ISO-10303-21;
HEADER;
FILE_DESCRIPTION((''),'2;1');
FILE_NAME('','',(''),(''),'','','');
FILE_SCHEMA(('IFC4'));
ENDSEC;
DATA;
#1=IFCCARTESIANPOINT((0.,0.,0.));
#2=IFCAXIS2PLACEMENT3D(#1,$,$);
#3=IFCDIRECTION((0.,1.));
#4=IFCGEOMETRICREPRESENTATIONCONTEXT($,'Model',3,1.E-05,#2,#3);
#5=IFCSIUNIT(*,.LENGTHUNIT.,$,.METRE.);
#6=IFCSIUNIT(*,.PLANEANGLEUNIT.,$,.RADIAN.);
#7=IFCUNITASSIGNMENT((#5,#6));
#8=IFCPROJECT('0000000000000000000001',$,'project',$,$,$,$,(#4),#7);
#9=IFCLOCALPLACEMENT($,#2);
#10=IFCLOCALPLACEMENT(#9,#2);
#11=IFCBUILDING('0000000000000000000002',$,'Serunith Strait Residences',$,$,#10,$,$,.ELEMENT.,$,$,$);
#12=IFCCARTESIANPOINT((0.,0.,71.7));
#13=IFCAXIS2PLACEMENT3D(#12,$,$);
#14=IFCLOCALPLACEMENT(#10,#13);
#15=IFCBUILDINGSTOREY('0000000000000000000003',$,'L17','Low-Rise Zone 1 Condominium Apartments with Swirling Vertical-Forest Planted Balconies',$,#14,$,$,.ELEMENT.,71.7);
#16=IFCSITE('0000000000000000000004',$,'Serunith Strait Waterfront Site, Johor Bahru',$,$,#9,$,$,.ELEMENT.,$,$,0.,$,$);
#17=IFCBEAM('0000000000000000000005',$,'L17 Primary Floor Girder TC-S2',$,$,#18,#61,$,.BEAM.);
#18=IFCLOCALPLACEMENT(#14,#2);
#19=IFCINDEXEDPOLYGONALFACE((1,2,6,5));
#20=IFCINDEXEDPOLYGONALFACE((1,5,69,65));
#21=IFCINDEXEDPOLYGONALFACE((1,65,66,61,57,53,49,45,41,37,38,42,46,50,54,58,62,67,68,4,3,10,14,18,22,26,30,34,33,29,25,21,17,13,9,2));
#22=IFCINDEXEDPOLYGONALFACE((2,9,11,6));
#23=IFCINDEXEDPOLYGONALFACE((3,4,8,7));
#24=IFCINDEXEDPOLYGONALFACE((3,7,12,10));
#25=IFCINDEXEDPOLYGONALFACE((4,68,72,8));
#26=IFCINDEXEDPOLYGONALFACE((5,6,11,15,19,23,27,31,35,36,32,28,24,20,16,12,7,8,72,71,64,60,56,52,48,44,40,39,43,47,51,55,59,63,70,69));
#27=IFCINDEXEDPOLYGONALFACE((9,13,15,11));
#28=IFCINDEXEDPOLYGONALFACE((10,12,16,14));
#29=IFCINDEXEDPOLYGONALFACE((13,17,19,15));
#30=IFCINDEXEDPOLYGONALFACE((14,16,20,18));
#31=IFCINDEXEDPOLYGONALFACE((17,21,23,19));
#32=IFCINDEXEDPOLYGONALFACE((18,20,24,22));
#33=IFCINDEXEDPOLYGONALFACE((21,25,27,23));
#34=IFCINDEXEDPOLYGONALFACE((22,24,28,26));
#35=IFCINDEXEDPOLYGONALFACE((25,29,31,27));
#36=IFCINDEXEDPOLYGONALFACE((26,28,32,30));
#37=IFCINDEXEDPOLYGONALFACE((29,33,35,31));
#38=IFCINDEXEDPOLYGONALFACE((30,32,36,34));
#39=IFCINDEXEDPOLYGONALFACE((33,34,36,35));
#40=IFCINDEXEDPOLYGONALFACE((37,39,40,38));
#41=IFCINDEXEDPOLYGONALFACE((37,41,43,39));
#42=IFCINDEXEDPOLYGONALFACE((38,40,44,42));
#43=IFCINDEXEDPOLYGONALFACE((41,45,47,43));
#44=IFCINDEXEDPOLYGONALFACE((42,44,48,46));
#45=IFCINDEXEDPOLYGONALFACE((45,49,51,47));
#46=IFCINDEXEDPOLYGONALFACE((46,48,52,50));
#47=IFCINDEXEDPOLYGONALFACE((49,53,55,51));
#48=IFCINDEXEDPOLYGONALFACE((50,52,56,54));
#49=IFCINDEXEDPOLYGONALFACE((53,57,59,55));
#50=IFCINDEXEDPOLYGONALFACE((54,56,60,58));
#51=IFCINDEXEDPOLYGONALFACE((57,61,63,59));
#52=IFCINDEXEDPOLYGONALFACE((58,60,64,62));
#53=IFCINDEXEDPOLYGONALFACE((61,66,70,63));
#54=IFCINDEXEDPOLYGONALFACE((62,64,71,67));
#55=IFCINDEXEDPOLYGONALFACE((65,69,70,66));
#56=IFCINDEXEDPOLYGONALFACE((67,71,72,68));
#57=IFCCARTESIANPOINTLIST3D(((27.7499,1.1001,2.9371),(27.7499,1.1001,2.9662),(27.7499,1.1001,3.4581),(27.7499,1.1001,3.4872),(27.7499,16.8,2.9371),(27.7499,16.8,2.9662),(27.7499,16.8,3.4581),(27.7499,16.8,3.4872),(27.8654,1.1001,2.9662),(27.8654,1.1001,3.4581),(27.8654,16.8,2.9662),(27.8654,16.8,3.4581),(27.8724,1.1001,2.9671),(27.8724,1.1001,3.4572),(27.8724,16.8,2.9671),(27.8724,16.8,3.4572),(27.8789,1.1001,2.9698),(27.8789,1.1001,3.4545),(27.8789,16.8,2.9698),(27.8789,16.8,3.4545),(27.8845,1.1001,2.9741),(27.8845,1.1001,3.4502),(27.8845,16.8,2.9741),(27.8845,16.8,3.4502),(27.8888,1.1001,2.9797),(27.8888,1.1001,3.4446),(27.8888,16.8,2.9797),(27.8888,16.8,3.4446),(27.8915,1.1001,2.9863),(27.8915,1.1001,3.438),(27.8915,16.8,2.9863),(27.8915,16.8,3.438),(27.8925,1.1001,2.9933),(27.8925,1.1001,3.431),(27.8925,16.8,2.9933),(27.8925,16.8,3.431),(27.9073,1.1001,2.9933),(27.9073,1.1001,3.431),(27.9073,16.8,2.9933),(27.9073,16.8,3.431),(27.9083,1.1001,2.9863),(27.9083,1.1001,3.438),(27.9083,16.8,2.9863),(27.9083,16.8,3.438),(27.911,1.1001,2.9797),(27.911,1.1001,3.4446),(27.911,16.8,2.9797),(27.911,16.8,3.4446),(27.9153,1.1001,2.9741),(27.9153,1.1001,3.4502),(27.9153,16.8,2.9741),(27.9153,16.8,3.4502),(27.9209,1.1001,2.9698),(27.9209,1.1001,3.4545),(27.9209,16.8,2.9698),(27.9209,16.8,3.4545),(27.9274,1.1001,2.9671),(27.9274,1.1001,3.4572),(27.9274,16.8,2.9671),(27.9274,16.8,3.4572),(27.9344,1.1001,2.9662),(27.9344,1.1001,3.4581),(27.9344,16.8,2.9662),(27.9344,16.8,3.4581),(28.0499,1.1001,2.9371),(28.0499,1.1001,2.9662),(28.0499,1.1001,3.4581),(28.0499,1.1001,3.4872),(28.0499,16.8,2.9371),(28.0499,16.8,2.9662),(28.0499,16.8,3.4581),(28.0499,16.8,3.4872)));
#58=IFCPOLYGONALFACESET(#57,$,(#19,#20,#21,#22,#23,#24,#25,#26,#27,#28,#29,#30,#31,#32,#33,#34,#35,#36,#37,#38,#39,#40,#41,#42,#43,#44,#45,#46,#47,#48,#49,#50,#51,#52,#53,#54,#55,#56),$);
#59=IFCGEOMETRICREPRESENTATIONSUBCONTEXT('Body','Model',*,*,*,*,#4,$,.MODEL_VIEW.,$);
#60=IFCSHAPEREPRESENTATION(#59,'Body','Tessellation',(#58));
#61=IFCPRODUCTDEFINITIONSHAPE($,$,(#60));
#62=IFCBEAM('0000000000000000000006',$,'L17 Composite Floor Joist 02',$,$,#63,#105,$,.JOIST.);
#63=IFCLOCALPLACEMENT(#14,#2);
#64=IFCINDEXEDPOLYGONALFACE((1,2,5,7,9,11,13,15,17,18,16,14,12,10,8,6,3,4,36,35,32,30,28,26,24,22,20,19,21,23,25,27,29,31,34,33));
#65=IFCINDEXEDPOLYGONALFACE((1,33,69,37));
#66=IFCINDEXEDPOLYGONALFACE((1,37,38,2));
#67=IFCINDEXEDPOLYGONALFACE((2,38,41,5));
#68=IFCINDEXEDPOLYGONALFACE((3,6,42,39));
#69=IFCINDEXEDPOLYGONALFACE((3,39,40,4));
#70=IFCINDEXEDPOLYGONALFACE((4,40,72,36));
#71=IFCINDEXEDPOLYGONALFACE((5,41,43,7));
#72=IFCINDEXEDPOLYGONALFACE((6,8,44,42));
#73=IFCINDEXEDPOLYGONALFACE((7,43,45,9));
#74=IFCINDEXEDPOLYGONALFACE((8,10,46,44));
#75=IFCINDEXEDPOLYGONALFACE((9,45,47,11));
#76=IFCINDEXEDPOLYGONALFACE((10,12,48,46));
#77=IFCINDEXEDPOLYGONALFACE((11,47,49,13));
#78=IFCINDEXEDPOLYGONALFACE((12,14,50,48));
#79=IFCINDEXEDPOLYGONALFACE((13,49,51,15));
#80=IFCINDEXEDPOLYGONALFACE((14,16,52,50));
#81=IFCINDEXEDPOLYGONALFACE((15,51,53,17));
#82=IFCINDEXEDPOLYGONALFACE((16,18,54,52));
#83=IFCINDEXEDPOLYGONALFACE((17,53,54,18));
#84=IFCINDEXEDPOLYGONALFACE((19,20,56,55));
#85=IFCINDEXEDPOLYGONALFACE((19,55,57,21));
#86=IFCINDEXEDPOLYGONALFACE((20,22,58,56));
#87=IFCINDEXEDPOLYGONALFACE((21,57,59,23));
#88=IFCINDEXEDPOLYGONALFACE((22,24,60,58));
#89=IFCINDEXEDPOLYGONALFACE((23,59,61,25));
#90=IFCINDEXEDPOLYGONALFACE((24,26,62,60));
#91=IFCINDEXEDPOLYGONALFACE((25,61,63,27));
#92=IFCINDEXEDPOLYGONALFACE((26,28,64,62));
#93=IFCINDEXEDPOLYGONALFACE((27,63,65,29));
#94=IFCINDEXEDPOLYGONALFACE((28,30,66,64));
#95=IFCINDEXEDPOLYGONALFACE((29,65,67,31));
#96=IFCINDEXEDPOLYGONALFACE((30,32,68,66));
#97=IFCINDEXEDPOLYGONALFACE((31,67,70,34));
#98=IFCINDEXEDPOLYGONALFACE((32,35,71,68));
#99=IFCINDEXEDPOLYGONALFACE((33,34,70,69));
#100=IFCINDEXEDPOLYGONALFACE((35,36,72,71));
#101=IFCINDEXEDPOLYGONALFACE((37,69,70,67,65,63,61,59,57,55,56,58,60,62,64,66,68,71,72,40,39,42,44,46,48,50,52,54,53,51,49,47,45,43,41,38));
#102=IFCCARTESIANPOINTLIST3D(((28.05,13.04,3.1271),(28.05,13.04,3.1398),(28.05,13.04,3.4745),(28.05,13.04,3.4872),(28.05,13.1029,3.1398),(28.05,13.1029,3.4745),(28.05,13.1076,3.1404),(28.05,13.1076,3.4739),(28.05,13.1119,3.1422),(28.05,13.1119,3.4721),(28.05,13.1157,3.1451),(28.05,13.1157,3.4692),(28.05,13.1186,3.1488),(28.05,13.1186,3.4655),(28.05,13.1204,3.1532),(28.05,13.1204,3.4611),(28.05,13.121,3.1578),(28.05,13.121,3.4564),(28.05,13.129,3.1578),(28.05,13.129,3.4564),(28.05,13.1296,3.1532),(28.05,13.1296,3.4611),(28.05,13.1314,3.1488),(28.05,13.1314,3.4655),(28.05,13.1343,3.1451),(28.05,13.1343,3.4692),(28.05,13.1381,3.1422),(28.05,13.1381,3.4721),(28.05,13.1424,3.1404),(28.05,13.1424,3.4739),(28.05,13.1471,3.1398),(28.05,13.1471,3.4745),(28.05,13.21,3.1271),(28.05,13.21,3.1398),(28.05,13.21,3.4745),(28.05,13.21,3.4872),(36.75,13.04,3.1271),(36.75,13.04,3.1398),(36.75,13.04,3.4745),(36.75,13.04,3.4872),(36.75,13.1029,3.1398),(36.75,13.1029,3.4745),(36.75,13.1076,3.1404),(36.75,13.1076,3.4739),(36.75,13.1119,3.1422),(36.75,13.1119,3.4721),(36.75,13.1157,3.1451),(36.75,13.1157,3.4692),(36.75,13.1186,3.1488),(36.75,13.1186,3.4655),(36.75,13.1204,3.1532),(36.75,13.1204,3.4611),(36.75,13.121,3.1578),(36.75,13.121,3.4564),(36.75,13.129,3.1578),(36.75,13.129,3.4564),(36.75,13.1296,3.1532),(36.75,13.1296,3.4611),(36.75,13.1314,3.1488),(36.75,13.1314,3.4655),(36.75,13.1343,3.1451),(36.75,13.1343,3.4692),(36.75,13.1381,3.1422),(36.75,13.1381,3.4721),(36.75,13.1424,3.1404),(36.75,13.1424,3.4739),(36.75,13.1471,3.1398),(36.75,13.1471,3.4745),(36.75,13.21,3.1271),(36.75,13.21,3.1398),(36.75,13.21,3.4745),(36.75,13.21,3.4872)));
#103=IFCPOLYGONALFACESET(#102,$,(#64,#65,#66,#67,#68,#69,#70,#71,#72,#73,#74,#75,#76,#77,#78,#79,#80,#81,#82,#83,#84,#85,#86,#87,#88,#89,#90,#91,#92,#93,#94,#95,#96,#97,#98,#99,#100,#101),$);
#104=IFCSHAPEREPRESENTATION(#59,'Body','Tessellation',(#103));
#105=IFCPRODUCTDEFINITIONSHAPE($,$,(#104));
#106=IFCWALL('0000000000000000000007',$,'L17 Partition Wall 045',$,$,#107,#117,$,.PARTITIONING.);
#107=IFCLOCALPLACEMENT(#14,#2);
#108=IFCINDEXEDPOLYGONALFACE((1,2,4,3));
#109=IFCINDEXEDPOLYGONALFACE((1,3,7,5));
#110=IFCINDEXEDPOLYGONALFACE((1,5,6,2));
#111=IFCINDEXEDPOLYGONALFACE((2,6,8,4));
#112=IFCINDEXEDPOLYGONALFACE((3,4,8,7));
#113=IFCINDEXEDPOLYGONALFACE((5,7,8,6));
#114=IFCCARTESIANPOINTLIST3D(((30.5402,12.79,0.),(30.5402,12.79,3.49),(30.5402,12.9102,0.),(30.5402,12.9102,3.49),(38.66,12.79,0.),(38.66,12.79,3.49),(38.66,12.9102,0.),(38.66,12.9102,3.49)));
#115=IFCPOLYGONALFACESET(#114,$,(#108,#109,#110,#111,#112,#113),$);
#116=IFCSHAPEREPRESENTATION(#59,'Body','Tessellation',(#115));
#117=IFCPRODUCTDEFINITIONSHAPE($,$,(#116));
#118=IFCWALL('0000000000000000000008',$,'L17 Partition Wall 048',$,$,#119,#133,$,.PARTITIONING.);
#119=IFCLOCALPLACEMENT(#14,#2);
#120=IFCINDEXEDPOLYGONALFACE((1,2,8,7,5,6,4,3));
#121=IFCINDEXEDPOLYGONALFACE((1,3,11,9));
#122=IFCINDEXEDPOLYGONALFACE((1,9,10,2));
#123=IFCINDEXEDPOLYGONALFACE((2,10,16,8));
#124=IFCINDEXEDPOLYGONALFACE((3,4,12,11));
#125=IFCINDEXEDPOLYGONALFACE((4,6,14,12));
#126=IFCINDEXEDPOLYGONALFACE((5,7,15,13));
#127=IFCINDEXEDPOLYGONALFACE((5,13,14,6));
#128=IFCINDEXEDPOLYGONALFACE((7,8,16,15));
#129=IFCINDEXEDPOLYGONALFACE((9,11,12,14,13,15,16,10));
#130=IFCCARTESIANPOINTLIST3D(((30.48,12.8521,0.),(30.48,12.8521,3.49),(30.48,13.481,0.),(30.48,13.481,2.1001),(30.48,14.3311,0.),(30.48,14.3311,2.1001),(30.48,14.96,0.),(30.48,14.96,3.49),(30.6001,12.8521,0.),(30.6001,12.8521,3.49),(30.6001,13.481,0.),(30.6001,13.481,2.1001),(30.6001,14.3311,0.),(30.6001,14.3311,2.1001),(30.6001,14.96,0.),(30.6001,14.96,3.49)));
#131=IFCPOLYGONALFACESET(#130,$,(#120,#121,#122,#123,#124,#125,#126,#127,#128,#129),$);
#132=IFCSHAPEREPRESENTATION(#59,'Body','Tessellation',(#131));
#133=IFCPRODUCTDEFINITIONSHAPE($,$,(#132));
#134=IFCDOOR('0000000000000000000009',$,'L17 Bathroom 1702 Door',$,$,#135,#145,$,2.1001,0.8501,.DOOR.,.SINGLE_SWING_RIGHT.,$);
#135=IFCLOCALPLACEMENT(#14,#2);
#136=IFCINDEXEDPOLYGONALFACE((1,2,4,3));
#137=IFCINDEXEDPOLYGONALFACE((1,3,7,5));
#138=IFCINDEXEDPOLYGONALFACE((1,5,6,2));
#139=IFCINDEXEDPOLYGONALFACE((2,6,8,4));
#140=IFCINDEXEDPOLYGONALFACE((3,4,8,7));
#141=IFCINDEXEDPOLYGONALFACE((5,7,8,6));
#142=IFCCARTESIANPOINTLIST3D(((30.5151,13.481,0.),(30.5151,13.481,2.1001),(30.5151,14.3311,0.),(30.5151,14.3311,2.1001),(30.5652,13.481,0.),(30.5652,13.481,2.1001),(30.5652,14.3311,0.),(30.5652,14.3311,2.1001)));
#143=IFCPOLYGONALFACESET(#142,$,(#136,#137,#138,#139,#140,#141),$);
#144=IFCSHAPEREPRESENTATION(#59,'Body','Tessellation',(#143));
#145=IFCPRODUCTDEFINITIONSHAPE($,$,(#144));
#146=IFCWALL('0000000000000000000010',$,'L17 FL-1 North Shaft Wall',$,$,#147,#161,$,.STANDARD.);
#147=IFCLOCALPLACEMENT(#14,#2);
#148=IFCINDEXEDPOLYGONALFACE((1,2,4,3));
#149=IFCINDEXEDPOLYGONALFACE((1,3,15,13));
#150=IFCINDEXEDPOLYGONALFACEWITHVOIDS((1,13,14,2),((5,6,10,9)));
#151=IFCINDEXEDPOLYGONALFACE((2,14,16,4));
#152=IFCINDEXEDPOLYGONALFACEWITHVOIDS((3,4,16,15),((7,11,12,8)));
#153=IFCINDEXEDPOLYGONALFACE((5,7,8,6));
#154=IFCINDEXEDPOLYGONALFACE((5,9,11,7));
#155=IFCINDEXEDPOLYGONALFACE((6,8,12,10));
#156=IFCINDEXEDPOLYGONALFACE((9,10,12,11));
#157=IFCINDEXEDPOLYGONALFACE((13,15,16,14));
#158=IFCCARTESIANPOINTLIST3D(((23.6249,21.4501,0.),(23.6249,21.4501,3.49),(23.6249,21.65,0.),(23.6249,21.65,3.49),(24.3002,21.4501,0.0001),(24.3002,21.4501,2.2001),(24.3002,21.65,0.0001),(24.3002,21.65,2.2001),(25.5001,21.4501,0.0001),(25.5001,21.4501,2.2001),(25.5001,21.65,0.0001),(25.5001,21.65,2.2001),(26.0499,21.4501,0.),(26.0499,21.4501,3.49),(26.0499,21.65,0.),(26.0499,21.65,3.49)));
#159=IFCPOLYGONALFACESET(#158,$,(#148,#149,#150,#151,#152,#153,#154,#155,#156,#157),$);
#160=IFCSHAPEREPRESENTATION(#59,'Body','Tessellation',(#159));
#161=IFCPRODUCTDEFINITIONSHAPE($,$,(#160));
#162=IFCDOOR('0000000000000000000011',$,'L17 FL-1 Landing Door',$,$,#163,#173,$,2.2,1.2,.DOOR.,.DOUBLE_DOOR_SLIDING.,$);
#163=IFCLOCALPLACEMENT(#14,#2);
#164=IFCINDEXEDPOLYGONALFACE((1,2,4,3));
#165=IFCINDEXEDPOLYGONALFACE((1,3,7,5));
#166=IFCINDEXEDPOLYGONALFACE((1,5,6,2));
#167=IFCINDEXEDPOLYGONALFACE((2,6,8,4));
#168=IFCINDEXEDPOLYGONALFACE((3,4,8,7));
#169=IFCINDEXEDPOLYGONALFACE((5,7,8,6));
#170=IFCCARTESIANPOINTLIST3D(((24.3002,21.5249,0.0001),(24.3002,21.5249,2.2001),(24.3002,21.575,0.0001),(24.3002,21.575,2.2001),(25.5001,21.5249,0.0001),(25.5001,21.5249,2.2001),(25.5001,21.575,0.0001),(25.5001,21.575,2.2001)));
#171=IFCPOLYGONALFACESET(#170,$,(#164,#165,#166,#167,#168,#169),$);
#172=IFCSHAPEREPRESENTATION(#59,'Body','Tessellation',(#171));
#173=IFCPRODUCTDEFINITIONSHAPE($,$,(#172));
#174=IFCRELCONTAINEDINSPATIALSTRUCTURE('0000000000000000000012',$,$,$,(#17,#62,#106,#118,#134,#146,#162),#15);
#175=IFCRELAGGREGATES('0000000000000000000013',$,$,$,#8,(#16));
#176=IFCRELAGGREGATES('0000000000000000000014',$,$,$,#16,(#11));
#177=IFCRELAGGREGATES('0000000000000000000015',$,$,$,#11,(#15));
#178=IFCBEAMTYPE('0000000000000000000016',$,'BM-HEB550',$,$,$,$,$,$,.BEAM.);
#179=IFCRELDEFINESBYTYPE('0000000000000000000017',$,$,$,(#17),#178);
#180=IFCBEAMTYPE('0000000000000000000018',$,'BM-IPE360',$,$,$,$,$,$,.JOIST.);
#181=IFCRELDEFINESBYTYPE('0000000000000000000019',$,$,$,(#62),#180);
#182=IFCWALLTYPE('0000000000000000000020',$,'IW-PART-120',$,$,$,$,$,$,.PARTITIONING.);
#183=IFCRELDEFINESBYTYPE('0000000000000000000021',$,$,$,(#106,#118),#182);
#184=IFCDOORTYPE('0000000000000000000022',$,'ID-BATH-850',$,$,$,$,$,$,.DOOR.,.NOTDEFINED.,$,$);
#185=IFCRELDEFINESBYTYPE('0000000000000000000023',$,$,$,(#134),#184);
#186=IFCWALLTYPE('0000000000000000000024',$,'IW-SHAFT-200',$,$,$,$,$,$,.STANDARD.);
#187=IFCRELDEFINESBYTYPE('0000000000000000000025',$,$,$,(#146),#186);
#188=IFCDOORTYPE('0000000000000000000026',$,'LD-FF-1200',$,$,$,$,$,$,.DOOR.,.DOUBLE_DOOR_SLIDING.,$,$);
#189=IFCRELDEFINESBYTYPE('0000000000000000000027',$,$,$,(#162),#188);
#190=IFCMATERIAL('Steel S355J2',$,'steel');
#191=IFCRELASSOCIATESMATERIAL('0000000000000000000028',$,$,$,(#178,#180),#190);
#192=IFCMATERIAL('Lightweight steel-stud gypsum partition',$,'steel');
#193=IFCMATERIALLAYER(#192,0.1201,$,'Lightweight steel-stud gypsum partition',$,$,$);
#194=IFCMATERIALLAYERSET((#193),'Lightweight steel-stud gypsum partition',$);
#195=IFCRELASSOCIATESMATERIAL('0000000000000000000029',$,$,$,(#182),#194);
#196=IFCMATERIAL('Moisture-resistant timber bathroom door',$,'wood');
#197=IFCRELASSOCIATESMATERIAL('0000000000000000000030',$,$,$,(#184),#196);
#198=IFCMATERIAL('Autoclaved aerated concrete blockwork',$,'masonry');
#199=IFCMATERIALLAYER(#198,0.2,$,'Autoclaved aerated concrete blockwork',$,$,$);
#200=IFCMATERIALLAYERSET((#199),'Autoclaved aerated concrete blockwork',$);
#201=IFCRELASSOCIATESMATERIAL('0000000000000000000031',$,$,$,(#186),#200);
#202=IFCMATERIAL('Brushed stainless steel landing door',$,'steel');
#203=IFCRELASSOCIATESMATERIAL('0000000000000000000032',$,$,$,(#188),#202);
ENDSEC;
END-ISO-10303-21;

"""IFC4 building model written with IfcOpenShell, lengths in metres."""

from ifc_helpers import new_model, si_unit, direction, frame, frame_2d, origin, origin_2d, place, context, subcontext, project, spatial, rectangle, i_section, extrude, source, transform, mapped, material, layer, layer_set, material_profile, profile_set, type_object, element, fill, save


model = new_model("IFC4")

# Units and contexts
model_context = context("Model", 3, precision=1e-05, world=origin(), true_north=direction((0.0, 1.0)))
body_context = subcontext(model_context, "Body", "Model", "MODEL_VIEW")
ifc_project = project(units=[si_unit("LENGTHUNIT", "METRE"), si_unit("PLANEANGLEUNIT", "RADIAN")], contexts=[model_context])

# Site, building, storey
site_placement = place(None, origin())
site = spatial("IfcSite", under=ifc_project, at=site_placement, Name="Serunith Strait Waterfront Site, Johor Bahru", CompositionType="ELEMENT", RefElevation=0.0)
building_placement = place(site_placement, origin())
building = spatial("IfcBuilding", under=site, at=building_placement, Name="Serunith Strait Residences", CompositionType="ELEMENT")
storey_placement = place(building_placement, frame((0.0, 0.0, 71.7)))
storey = spatial("IfcBuildingStorey", under=building, at=storey_placement, Name="L17", Description="Low-Rise Zone 1 Condominium Apartments with Swirling Vertical-Forest Planted Balconies", CompositionType="ELEMENT", Elevation=71.7)

# Beams
ifc_material_1 = material(Name="Steel S355J2", Category="steel")
ifc_material_profile_1 = material_profile(ifc_material_1, i_section(OverallWidth=0.3, OverallDepth=0.55, WebThickness=0.0149, FlangeThickness=0.0291, FilletRadius=0.0271, at=origin_2d()), Name="HEB 550")
ifc_profile_set_1 = profile_set([ifc_material_profile_1], Name="Steel S355J2")
beam_type_1 = type_object("IfcBeamType", Name="BM-HEB550", PredefinedType="BEAM", material=ifc_profile_set_1)
shared_shape_1 = source(origin(), body_context, "Body", "SweptSolid", [
    extrude(i_section(OverallWidth=0.3, OverallDepth=0.55, WebThickness=0.0149, FlangeThickness=0.0291, FilletRadius=0.0271, at=origin_2d()), origin(), (0.0, 0.0, 1.0), 15.7),
])
beam_1_placement = place(storey_placement, frame((27.8999, 16.8, 3.2122), z_axis=(0.0, -1.0, 0.0), x_axis=(1.0, 0.0, 0.0)))
element("IfcBeam", 1, at=beam_1_placement, inside=storey, type_object=beam_type_1, Name="L17 Primary Floor Girder TC-S2", PredefinedType="BEAM", context=body_context, shape_type="MappedRepresentation", body=[
    mapped(shared_shape_1, transform((0.0, 0.0, 0.0), scale=1.0)),
])
ifc_material_profile_2 = material_profile(ifc_material_1, i_section(OverallWidth=0.1699, OverallDepth=0.3601, WebThickness=0.0081, FlangeThickness=0.0127, FilletRadius=0.0181, at=origin_2d()), Name="IPE 360")
ifc_profile_set_2 = profile_set([ifc_material_profile_2], Name="Steel S355J2")
beam_type_2 = type_object("IfcBeamType", Name="BM-IPE360", PredefinedType="JOIST", material=ifc_profile_set_2)
shared_shape_2 = source(origin(), body_context, "Body", "SweptSolid", [
    extrude(i_section(OverallWidth=0.1699, OverallDepth=0.3601, WebThickness=0.0081, FlangeThickness=0.0127, FilletRadius=0.0181, at=origin_2d()), origin(), (0.0, 0.0, 1.0), 8.7),
])
beam_2_placement = place(storey_placement, frame((28.05, 13.125, 3.3071), z_axis=(1.0, 0.0, 0.0), x_axis=(0.0, 1.0, 0.0)))
element("IfcBeam", 2, at=beam_2_placement, inside=storey, type_object=beam_type_2, Name="L17 Composite Floor Joist 02", PredefinedType="JOIST", context=body_context, shape_type="MappedRepresentation", body=[
    mapped(shared_shape_2, transform((0.0, 0.0, 0.0), scale=1.0)),
])

# Wall
ifc_material_2 = material(Name="Lightweight steel-stud gypsum partition", Category="steel")
ifc_layer_1 = layer(ifc_material_2, 0.1201, Name="Lightweight steel-stud gypsum partition")
ifc_layer_set_1 = layer_set([ifc_layer_1], Name="Lightweight steel-stud gypsum partition")
wall_type_1 = type_object("IfcWallType", Name="IW-PART-120", PredefinedType="PARTITIONING", material=ifc_layer_set_1)
wall_1_placement = place(storey_placement, frame((30.54, 12.8501, 0.0), z_axis=(0.0, 0.0, 1.0), x_axis=(1.0, 0.0, 0.0)))
element("IfcWall", 3, at=wall_1_placement, inside=storey, type_object=wall_type_1, Name="L17 Partition Wall 045", PredefinedType="PARTITIONING", context=body_context, shape_type="SweptSolid", body=[
    extrude(rectangle(XDim=8.1199, YDim=0.1201, at=frame_2d((4.0601, 0.0))), origin(), (0.0, 0.0, 1.0), 3.49),
])

# Walls, openings, doors
wall_2_placement = place(storey_placement, frame((30.54, 12.8521, 0.0), z_axis=(0.0, 0.0, 1.0), x_axis=(0.0, 1.0, 0.0)))
wall_2 = element("IfcWall", 4, at=wall_2_placement, inside=storey, type_object=wall_type_1, Name="L17 Partition Wall 048", PredefinedType="PARTITIONING", context=body_context, shape_type="SweptSolid", body=[
    extrude(rectangle(XDim=2.1079, YDim=0.1201, at=frame_2d((1.054, 0.0))), origin(), (0.0, 0.0, 1.0), 3.49),
])
opening_1_placement = place(wall_2_placement, frame((0.6289, 0.0, 0.0)))
opening_1 = element("IfcOpeningElement", 5, at=opening_1_placement, cuts=wall_2, PredefinedType="OPENING", context=body_context, shape_type="SweptSolid", body=[
    extrude(rectangle(XDim=0.8501, YDim=2.1001, at=frame_2d((0.425, 1.05))), frame((0.0, 0.0701, 0.0), z_axis=(0.0, -1.0, 0.0), x_axis=(1.0, 0.0, 0.0)), (0.0, 0.0, 1.0), 0.1401),
])
ifc_material_3 = material(Name="Moisture-resistant timber bathroom door", Category="wood")
door_type_1 = type_object("IfcDoorType", Name="ID-BATH-850", OperationType="NOTDEFINED", PredefinedType="DOOR", material=ifc_material_3)
shared_shape_3 = source(origin(), body_context, "Body", "SweptSolid", [
    extrude(rectangle(XDim=0.8501, YDim=2.1001, at=frame_2d((0.425, 1.05))), frame((0.0, 0.0249, 0.0), z_axis=(0.0, -1.0, 0.0), x_axis=(1.0, 0.0, 0.0)), (0.0, 0.0, 1.0), 0.05),
])
door_1_placement = place(opening_1_placement, origin())
door_1 = element("IfcDoor", 6, at=door_1_placement, inside=storey, type_object=door_type_1, Name="L17 Bathroom 1702 Door", OperationType="SINGLE_SWING_RIGHT", OverallHeight=2.1001, OverallWidth=0.8501, PredefinedType="DOOR", context=body_context, shape_type="MappedRepresentation", body=[
    mapped(shared_shape_3, transform((0.0, 0.0, 0.0), scale=1.0)),
])
fill(opening_1, door_1)
ifc_material_4 = material(Name="Autoclaved aerated concrete blockwork", Category="masonry")
ifc_layer_2 = layer(ifc_material_4, 0.2, Name="Autoclaved aerated concrete blockwork")
ifc_layer_set_2 = layer_set([ifc_layer_2], Name="Autoclaved aerated concrete blockwork")
wall_type_2 = type_object("IfcWallType", Name="IW-SHAFT-200", PredefinedType="STANDARD", material=ifc_layer_set_2)
wall_3_placement = place(storey_placement, frame((23.625, 21.55, 0.0), z_axis=(0.0, 0.0, 1.0), x_axis=(1.0, 0.0, 0.0)))
wall_3 = element("IfcWall", 7, at=wall_3_placement, inside=storey, type_object=wall_type_2, Name="L17 FL-1 North Shaft Wall", PredefinedType="STANDARD", context=body_context, shape_type="SweptSolid", body=[
    extrude(rectangle(XDim=2.425, YDim=0.2, at=frame_2d((1.2124, 0.0))), origin(), (0.0, 0.0, 1.0), 3.49),
])
opening_2_placement = place(wall_3_placement, frame((0.675, 0.0, 0.0)))
opening_2 = element("IfcOpeningElement", 8, at=opening_2_placement, cuts=wall_3, PredefinedType="OPENING", context=body_context, shape_type="SweptSolid", body=[
    extrude(rectangle(XDim=1.2, YDim=2.2, at=frame_2d((0.6001, 1.1001))), frame((0.0, 0.1099, 0.0), z_axis=(0.0, -1.0, 0.0), x_axis=(1.0, 0.0, 0.0)), (0.0, 0.0, 1.0), 0.22),
])
ifc_material_5 = material(Name="Brushed stainless steel landing door", Category="steel")
door_type_2 = type_object("IfcDoorType", Name="LD-FF-1200", OperationType="DOUBLE_DOOR_SLIDING", PredefinedType="DOOR", material=ifc_material_5)
shared_shape_4 = source(origin(), body_context, "Body", "SweptSolid", [
    extrude(rectangle(XDim=1.2, YDim=2.2, at=frame_2d((0.6001, 1.1001))), frame((0.0, 0.0249, 0.0), z_axis=(0.0, -1.0, 0.0), x_axis=(1.0, 0.0, 0.0)), (0.0, 0.0, 1.0), 0.05),
])
door_2_placement = place(opening_2_placement, origin())
door_2 = element("IfcDoor", 9, at=door_2_placement, inside=storey, type_object=door_type_2, Name="L17 FL-1 Landing Door", OperationType="DOUBLE_DOOR_SLIDING", OverallHeight=2.2, OverallWidth=1.2, PredefinedType="DOOR", context=body_context, shape_type="MappedRepresentation", body=[
    mapped(shared_shape_4, transform((0.0, 0.0, 0.0), scale=1.0)),
])
fill(opening_2, door_2)

save(model, "model.ifc")
